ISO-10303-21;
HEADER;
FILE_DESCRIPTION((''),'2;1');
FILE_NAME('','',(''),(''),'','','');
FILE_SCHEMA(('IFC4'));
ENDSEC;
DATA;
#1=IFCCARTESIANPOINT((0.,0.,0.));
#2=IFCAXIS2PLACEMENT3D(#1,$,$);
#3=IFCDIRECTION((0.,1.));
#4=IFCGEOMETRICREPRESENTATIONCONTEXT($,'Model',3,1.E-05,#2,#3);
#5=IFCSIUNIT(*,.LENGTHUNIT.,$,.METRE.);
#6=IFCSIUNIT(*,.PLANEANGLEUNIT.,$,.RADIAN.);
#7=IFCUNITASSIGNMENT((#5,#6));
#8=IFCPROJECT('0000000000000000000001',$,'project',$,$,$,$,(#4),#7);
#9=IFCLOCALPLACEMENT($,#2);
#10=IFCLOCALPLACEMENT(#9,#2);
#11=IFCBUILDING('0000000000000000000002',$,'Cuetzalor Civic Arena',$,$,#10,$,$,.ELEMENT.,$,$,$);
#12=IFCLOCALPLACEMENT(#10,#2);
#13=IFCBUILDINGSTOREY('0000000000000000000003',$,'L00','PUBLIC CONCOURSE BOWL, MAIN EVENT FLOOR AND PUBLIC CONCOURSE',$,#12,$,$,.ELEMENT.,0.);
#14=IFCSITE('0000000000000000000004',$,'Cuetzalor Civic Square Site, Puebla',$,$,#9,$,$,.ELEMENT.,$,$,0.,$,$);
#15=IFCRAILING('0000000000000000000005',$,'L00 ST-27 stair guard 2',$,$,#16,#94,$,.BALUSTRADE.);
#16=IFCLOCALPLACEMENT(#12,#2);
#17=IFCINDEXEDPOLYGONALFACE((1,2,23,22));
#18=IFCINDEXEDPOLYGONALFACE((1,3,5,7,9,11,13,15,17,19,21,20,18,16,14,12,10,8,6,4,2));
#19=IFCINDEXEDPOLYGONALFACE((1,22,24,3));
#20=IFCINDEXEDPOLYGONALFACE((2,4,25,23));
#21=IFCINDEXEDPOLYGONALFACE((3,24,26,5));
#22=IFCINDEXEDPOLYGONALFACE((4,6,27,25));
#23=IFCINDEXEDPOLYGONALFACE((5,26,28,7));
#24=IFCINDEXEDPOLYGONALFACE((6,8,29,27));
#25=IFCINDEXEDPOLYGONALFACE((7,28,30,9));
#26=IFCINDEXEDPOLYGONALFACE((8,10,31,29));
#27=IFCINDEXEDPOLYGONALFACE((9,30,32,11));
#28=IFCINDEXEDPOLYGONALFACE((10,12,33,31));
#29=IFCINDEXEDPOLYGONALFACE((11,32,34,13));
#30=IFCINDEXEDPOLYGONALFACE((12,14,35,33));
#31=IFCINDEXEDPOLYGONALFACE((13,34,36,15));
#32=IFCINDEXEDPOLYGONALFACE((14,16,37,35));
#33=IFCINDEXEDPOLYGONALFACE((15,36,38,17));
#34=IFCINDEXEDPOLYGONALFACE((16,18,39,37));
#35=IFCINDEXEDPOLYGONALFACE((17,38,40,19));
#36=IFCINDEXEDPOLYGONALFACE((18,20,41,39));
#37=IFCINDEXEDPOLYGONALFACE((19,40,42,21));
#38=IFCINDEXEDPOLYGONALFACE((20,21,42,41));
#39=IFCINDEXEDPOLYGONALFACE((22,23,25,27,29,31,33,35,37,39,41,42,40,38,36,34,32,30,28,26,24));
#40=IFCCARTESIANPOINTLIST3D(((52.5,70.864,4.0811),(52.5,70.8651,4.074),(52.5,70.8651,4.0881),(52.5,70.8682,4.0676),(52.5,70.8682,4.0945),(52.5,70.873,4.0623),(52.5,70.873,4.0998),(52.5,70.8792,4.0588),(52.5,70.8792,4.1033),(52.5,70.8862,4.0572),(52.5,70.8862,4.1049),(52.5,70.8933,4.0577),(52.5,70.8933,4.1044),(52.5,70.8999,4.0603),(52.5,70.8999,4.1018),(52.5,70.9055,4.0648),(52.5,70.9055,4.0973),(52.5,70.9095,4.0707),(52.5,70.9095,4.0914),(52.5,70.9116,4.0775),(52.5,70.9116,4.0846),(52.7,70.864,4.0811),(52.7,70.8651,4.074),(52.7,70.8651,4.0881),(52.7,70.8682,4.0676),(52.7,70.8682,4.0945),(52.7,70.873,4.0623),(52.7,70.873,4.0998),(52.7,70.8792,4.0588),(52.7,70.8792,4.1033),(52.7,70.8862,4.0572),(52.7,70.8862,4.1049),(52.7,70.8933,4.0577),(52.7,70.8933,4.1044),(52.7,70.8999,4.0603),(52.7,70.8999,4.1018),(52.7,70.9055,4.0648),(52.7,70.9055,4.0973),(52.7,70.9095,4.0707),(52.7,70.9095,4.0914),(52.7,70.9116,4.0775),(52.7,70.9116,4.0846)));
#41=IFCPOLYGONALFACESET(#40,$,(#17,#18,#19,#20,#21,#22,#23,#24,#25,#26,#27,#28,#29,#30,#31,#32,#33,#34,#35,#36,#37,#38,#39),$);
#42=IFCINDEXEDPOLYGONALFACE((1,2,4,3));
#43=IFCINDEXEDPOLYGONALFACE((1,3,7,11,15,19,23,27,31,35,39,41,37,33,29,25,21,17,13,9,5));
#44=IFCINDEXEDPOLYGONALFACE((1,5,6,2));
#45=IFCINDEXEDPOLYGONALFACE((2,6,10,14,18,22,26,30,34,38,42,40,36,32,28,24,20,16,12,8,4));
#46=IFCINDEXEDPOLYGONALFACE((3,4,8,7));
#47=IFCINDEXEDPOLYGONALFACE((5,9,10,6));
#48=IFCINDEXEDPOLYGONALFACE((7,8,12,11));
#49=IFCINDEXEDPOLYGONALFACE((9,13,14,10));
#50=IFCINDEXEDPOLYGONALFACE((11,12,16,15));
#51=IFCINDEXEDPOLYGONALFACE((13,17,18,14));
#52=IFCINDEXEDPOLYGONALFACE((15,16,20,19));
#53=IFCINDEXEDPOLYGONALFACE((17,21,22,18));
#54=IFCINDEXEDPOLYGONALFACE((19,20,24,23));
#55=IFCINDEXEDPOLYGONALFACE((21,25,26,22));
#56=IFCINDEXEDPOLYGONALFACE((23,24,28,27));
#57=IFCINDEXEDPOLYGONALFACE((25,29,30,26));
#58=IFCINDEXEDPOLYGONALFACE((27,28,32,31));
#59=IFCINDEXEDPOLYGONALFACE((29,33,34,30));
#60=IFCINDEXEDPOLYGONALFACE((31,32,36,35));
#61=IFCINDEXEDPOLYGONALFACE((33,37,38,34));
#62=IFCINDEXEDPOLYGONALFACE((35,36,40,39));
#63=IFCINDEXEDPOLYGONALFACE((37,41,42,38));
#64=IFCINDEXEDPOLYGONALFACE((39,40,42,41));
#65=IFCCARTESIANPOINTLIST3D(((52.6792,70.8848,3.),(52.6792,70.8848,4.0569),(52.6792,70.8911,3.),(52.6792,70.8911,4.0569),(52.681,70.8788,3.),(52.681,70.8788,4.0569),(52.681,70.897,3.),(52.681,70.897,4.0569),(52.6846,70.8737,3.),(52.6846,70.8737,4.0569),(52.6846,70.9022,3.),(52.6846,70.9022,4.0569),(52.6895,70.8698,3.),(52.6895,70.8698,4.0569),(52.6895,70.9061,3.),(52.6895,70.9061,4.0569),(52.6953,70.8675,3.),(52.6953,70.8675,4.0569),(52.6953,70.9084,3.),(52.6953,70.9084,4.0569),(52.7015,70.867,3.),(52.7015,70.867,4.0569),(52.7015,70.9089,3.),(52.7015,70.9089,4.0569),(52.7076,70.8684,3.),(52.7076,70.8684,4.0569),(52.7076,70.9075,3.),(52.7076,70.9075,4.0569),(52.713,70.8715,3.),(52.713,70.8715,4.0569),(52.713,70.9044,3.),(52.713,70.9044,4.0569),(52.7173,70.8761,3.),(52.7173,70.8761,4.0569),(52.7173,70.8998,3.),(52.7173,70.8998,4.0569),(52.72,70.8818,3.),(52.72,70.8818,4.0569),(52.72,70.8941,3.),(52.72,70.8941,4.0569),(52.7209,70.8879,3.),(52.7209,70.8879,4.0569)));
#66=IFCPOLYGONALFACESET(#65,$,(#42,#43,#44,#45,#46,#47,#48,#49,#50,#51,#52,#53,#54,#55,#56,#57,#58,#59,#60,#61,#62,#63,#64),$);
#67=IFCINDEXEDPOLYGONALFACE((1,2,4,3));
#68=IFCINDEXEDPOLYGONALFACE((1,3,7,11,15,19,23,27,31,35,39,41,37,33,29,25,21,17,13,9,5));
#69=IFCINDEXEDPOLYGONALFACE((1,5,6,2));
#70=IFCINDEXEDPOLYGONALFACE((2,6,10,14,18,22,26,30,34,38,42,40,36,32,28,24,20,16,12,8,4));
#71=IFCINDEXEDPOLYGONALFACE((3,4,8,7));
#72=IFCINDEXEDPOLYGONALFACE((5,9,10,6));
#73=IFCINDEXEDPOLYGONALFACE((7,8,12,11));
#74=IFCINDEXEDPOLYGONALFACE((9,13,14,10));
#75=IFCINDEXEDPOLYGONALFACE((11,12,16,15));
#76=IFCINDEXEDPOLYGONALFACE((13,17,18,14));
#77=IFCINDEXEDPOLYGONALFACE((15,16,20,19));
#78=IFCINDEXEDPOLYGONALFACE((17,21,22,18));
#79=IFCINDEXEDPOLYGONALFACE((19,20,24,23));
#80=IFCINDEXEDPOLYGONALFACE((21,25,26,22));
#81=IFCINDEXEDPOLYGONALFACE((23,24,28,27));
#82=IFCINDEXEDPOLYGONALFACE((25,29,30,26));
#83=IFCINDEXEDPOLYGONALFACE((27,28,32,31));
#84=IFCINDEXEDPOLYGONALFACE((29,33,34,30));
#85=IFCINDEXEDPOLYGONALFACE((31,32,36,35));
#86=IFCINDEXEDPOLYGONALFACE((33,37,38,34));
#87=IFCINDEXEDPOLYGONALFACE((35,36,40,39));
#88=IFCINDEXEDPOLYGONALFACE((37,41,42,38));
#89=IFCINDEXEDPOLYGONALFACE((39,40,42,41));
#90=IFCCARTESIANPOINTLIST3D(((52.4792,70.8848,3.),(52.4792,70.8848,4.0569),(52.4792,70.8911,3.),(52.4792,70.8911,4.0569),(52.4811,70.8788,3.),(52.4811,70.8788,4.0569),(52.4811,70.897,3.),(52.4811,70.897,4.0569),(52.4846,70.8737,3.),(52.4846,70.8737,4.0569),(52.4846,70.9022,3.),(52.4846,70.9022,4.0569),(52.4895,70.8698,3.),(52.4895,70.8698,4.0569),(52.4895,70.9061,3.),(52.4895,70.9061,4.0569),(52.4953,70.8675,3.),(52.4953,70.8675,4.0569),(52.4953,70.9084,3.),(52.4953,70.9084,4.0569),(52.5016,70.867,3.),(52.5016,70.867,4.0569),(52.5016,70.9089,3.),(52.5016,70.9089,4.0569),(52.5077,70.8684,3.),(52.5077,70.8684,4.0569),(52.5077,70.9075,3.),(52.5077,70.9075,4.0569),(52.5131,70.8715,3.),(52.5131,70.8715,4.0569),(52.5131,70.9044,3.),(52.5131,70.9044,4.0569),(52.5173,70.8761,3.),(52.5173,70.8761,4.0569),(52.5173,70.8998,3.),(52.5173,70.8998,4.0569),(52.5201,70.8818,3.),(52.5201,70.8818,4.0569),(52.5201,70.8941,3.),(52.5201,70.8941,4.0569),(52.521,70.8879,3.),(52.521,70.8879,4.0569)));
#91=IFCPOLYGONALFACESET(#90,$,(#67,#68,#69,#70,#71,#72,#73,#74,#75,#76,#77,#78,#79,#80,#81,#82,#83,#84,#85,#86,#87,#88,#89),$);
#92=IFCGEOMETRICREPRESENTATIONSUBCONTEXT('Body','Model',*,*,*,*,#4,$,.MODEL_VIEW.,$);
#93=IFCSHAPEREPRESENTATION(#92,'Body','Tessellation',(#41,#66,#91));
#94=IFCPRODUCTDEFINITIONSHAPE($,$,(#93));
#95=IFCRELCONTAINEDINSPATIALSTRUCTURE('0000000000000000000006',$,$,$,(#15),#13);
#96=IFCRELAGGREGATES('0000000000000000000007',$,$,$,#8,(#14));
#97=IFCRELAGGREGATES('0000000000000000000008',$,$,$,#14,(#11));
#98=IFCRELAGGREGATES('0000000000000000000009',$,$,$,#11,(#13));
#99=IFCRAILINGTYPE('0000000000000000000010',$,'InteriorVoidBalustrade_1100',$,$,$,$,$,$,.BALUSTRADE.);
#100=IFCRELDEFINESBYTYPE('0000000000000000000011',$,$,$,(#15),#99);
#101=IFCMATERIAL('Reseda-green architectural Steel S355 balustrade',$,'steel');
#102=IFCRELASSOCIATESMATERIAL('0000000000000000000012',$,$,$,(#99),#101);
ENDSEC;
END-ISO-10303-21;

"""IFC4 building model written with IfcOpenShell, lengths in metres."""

from ifc_helpers import new_model, si_unit, direction, frame, origin, origin_2d, place, context, subcontext, project, spatial, circle, extrude, material, type_object, element, save


model = new_model("IFC4")

# Units and contexts
model_context = context("Model", 3, precision=1e-05, world=origin(), true_north=direction((0.0, 1.0)))
body_context = subcontext(model_context, "Body", "Model", "MODEL_VIEW")
ifc_project = project(units=[si_unit("LENGTHUNIT", "METRE"), si_unit("PLANEANGLEUNIT", "RADIAN")], contexts=[model_context])

# Site, building, storey
site_placement = place(None, origin())
site = spatial("IfcSite", under=ifc_project, at=site_placement, Name="Cuetzalor Civic Square Site, Puebla", CompositionType="ELEMENT", RefElevation=0.0)
building_placement = place(site_placement, origin())
building = spatial("IfcBuilding", under=site, at=building_placement, Name="Cuetzalor Civic Arena", CompositionType="ELEMENT")
storey_placement = place(building_placement, origin())
storey = spatial("IfcBuildingStorey", under=building, at=storey_placement, Name="L00", Description="PUBLIC CONCOURSE BOWL, MAIN EVENT FLOOR AND PUBLIC CONCOURSE", CompositionType="ELEMENT", Elevation=0.0)

# Railing
ifc_material_1 = material(Name="Reseda-green architectural Steel S355 balustrade", Category="steel")
railing_type_1 = type_object("IfcRailingType", Name="InteriorVoidBalustrade_1100", PredefinedType="BALUSTRADE", material=ifc_material_1)
railing_1_placement = place(storey_placement, frame((52.7, 70.8879, 3.0)))
element("IfcRailing", 1, at=railing_1_placement, inside=storey, type_object=railing_type_1, Name="L00 ST-27 stair guard 2", PredefinedType="BALUSTRADE", context=body_context, shape_type="SweptSolid", body=[
    extrude(circle(Radius=0.0239, at=origin_2d()), frame((0.0, 0.0, 1.0811), z_axis=(-1.0, 0.0, 0.0), x_axis=(0.0, -1.0, 0.0)), (0.0, 0.0, 1.0), 0.2),
    extrude(circle(Radius=0.021, at=origin_2d()), origin(), (0.0, 0.0, 1.0), 1.0569),
    extrude(circle(Radius=0.021, at=origin_2d()), frame((-0.2, 0.0, 0.0)), (0.0, 0.0, 1.0), 1.0569),
])

save(model, "model.ifc")
